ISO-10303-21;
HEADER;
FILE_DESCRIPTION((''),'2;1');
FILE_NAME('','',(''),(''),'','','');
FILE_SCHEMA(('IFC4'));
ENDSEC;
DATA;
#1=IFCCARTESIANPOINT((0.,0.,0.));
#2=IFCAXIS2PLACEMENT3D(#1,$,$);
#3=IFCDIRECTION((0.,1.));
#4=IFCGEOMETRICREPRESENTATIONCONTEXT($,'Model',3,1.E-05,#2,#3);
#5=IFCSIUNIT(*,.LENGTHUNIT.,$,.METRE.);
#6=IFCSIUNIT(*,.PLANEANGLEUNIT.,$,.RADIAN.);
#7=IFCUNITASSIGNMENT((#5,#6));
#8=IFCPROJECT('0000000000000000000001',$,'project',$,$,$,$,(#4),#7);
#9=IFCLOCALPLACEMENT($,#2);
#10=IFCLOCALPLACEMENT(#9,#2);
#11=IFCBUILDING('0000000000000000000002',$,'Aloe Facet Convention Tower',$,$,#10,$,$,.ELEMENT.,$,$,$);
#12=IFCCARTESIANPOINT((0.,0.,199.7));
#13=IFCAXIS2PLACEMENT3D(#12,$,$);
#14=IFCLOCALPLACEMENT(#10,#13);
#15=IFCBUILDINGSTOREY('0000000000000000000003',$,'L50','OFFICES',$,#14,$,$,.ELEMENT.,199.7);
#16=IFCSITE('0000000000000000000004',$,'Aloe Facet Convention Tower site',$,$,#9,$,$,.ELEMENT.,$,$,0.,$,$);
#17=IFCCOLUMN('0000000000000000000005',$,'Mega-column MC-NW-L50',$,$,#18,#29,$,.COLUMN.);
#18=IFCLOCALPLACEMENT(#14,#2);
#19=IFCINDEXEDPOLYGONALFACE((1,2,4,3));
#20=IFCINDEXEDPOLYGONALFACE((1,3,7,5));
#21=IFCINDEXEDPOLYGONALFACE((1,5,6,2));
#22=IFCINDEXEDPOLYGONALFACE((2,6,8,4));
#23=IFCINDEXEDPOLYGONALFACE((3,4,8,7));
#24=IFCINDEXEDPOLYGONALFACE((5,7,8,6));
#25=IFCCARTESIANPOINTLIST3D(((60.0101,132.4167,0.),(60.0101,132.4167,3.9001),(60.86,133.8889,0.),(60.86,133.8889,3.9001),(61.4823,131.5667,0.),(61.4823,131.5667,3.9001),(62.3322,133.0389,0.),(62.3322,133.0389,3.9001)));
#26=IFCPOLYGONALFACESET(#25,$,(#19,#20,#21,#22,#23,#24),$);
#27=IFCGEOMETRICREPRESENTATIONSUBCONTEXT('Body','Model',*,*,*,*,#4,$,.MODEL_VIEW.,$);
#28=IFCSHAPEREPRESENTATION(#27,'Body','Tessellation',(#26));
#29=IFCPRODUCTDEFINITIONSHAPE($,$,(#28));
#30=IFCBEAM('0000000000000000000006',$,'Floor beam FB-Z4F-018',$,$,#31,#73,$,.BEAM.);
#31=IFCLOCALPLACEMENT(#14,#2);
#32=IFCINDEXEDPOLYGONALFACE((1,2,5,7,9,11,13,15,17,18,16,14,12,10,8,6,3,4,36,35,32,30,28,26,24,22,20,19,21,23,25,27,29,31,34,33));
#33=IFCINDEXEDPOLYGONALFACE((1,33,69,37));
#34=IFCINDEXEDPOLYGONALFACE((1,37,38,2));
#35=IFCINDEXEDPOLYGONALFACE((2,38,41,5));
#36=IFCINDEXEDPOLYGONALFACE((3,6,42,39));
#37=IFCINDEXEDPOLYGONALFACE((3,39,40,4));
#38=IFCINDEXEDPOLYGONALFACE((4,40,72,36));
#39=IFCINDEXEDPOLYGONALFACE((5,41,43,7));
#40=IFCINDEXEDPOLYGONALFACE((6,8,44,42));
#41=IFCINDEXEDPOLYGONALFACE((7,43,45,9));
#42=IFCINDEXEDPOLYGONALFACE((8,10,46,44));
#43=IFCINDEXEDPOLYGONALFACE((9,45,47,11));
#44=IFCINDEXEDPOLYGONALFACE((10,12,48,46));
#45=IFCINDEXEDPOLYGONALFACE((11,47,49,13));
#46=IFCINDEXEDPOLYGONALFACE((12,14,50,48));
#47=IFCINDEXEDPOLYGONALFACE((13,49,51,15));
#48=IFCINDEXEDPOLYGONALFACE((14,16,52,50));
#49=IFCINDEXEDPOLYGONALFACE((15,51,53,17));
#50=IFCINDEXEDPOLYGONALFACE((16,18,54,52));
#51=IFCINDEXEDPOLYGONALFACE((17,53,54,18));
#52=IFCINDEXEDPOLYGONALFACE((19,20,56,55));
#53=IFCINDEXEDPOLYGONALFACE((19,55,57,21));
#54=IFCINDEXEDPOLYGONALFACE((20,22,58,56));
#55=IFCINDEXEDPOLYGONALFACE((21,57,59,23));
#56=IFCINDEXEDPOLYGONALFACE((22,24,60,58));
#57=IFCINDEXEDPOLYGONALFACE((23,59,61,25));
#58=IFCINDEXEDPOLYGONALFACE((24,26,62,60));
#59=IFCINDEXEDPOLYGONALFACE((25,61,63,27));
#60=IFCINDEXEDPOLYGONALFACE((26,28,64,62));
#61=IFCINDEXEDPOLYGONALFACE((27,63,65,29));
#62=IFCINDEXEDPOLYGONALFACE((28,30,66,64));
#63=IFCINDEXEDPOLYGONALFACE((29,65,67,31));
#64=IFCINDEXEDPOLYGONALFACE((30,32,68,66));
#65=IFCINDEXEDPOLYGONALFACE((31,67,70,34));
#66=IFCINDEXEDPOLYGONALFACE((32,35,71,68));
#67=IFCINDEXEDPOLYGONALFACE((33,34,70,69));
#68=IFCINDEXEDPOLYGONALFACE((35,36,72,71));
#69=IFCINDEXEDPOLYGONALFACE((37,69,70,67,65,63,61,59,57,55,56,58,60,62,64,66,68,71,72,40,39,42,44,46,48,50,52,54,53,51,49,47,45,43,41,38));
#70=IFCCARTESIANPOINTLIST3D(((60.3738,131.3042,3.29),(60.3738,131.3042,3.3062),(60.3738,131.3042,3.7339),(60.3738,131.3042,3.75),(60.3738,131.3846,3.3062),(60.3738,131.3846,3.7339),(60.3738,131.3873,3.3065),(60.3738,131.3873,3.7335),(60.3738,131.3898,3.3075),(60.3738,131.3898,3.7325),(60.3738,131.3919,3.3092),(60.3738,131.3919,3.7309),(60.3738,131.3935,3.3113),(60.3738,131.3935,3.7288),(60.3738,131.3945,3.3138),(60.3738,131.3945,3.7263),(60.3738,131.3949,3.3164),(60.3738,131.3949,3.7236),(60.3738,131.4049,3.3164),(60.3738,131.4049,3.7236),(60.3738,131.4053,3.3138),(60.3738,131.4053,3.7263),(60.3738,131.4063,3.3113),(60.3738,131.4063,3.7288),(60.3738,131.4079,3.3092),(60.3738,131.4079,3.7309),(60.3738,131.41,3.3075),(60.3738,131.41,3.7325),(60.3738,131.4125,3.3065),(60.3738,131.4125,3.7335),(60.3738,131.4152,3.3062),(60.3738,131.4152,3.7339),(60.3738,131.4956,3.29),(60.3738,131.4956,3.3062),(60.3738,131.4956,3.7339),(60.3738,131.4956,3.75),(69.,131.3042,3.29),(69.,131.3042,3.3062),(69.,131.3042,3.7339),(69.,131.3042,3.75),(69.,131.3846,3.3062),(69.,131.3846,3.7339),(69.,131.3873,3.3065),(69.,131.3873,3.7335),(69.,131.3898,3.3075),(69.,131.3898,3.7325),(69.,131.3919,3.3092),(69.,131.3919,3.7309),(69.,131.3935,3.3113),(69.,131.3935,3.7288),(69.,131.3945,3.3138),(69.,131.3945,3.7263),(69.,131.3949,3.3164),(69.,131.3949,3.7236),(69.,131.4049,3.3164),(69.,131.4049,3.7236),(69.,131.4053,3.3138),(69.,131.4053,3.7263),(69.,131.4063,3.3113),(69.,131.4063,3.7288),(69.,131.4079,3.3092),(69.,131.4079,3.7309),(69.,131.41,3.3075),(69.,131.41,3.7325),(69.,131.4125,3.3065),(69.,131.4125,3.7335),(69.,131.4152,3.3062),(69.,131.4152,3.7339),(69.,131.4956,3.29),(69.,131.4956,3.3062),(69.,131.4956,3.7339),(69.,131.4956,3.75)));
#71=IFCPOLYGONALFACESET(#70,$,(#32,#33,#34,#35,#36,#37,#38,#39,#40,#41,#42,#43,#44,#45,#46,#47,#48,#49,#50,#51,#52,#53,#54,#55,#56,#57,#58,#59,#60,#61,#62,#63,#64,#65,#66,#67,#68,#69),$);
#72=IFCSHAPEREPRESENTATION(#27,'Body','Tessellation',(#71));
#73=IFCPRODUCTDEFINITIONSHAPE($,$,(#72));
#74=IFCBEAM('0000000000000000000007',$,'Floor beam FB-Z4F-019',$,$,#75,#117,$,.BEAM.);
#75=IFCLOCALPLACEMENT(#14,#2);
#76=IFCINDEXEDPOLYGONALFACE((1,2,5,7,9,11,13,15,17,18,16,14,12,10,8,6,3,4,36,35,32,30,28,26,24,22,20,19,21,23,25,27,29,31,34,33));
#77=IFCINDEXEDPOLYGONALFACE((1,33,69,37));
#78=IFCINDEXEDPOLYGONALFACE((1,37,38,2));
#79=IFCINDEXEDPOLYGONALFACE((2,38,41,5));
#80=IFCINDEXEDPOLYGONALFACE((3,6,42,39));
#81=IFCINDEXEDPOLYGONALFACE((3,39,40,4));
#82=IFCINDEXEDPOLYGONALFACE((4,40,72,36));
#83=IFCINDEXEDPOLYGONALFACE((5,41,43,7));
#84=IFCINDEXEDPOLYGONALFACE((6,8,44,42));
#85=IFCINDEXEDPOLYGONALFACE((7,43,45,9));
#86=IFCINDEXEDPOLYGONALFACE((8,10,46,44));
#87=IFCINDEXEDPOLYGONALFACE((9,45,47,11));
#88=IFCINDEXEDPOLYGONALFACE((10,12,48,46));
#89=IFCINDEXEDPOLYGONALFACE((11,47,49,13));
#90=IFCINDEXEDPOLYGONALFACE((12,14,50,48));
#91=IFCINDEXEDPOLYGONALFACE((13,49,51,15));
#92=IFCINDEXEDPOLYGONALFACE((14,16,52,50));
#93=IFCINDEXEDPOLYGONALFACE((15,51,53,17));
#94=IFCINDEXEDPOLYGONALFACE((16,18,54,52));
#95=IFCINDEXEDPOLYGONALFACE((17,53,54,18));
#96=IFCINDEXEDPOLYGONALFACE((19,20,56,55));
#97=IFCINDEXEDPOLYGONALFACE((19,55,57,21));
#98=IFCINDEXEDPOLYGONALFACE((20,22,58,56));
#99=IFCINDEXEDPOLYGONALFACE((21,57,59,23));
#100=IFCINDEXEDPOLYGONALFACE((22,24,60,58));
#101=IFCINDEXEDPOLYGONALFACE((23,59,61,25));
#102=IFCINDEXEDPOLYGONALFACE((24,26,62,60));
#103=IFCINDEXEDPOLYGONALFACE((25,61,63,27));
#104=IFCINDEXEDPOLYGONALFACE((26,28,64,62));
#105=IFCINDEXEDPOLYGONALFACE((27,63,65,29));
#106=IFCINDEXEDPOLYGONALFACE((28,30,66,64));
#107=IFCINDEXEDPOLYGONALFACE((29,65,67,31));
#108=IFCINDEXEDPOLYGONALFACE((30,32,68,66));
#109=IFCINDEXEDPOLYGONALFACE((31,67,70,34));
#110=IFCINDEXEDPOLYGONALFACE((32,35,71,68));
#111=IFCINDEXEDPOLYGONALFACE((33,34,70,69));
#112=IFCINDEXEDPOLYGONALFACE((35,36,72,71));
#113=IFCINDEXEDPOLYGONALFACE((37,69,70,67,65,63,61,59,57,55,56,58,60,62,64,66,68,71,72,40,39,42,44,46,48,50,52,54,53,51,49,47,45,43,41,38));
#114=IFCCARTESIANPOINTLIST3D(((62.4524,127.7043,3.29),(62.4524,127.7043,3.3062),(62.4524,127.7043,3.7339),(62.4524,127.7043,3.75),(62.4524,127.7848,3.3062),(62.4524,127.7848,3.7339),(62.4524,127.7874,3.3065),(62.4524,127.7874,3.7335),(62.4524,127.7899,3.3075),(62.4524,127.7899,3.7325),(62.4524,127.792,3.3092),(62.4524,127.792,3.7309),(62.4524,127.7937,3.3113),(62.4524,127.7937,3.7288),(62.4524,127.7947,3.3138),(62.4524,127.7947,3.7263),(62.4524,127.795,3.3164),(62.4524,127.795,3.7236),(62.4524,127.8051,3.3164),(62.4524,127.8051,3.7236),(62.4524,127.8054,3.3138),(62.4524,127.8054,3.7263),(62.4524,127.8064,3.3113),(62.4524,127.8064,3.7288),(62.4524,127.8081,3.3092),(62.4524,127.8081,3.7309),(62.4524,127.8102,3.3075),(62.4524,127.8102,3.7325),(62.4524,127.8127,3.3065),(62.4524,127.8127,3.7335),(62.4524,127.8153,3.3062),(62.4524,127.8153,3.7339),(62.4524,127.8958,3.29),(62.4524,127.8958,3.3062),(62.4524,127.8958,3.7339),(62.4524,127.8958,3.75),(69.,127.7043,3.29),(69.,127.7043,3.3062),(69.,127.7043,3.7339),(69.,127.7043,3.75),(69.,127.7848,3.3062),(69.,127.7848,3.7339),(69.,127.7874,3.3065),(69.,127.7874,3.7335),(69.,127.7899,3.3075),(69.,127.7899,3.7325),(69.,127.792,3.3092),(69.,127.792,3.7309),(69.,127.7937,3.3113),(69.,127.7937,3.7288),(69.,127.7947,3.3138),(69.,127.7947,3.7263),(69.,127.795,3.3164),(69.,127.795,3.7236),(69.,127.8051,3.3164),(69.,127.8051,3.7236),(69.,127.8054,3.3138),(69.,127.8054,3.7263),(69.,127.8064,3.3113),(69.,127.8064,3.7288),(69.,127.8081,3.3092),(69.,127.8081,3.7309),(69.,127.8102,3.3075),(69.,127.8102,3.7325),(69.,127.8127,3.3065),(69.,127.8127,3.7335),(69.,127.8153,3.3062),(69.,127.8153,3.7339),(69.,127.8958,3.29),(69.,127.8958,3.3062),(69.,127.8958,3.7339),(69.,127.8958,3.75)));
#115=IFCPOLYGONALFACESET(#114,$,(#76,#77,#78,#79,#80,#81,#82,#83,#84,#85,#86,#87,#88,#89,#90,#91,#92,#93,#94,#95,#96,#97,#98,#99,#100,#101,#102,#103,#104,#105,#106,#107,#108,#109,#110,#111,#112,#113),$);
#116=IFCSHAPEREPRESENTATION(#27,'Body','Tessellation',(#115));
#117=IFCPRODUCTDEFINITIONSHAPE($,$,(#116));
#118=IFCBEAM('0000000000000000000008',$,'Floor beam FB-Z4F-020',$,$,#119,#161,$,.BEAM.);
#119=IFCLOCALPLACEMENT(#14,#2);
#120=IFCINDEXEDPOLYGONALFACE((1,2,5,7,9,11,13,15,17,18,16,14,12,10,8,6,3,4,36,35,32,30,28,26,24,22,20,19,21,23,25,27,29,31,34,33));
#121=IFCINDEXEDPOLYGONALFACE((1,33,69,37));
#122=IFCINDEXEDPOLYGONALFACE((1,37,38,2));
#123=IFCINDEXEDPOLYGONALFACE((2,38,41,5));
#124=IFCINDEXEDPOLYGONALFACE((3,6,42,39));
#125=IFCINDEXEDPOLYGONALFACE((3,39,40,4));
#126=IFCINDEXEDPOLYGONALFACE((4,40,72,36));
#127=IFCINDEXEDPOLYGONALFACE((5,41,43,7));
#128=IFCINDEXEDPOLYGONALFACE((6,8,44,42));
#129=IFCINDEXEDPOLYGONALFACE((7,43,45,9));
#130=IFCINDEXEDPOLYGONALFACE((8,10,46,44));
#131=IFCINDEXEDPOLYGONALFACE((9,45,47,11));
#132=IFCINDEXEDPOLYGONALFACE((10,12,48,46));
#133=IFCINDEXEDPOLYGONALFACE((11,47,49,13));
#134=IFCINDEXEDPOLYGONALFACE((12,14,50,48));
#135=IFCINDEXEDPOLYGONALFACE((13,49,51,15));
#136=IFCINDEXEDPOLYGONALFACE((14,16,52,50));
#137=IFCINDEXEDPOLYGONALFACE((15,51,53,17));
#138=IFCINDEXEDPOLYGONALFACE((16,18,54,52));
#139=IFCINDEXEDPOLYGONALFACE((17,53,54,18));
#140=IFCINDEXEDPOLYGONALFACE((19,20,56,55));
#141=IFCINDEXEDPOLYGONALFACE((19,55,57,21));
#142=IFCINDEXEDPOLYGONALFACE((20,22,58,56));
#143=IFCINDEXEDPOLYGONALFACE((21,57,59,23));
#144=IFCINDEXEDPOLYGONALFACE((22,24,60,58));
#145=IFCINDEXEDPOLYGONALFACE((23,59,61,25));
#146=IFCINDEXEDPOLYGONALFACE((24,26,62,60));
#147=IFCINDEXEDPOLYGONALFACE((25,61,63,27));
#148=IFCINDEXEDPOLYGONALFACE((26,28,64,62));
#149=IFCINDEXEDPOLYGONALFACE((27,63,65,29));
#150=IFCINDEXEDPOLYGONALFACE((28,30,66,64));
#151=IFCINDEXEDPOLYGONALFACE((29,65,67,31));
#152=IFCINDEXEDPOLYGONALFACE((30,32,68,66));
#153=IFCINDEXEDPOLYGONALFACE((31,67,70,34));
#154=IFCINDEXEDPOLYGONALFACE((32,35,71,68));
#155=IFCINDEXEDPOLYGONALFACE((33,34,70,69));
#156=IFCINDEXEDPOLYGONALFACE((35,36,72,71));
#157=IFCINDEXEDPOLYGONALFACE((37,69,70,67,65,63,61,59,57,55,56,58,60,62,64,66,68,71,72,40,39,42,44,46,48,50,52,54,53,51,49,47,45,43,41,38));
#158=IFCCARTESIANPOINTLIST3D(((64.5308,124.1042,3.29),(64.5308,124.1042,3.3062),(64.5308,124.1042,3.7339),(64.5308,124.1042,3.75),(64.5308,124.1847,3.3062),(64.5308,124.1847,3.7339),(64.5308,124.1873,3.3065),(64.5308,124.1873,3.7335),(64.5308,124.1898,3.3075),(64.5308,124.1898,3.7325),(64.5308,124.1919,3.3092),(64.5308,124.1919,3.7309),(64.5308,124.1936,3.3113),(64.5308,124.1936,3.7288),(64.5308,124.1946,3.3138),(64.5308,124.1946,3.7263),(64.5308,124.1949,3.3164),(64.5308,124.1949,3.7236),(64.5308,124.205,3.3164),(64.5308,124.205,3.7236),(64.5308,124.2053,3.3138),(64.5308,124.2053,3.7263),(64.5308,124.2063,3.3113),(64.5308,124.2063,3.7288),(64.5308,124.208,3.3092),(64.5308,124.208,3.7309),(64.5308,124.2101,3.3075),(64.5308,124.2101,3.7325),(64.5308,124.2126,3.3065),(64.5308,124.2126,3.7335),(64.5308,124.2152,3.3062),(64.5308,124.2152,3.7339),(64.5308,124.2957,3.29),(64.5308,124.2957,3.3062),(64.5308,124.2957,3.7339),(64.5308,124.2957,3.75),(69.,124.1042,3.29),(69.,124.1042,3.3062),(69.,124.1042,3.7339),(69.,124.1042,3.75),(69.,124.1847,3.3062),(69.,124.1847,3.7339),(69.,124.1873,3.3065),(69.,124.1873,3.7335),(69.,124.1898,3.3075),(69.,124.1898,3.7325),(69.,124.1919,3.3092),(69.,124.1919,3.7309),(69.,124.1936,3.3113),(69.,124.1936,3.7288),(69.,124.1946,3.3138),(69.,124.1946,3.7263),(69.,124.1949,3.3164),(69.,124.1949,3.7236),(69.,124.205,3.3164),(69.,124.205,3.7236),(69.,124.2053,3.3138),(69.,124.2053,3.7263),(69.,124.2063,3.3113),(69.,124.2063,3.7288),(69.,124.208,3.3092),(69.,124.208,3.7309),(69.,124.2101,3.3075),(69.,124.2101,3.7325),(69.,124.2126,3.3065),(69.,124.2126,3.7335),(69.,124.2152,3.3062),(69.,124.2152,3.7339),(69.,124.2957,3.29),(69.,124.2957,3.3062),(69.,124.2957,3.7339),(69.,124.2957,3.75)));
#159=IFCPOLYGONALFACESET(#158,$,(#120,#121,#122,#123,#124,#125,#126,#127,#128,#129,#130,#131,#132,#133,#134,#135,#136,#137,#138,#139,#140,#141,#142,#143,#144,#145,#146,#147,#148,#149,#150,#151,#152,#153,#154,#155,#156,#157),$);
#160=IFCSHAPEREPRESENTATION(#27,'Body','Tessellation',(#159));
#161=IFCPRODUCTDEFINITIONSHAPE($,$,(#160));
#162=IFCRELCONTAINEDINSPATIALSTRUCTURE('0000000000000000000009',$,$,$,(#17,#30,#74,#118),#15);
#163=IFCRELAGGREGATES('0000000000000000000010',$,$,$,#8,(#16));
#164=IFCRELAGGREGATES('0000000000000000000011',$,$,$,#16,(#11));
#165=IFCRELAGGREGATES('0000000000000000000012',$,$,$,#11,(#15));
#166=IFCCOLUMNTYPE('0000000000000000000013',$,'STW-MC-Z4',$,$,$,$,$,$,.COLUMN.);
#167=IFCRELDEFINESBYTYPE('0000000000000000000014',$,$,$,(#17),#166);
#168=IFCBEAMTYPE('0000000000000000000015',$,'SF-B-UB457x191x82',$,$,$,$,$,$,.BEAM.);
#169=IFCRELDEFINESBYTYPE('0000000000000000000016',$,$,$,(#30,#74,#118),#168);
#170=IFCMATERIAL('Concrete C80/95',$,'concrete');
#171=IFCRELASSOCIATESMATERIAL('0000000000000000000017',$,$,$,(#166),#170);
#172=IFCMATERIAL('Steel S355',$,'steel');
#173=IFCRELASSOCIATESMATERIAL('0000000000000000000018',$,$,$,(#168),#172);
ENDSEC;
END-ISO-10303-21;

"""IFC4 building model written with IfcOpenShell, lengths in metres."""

from ifc_helpers import new_model, si_unit, direction, frame, origin, origin_2d, place, context, subcontext, project, spatial, rectangle, i_section, extrude, material, material_profile, profile_set, type_object, element, save


model = new_model("IFC4")

# Units and contexts
model_context = context("Model", 3, precision=1e-05, world=origin(), true_north=direction((0.0, 1.0)))
body_context = subcontext(model_context, "Body", "Model", "MODEL_VIEW")
ifc_project = project(units=[si_unit("LENGTHUNIT", "METRE"), si_unit("PLANEANGLEUNIT", "RADIAN")], contexts=[model_context])

# Site, building, storey
site_placement = place(None, origin())
site = spatial("IfcSite", under=ifc_project, at=site_placement, Name="Aloe Facet Convention Tower site", CompositionType="ELEMENT", RefElevation=0.0)
building_placement = place(site_placement, origin())
building = spatial("IfcBuilding", under=site, at=building_placement, Name="Aloe Facet Convention Tower", CompositionType="ELEMENT")
storey_placement = place(building_placement, frame((0.0, 0.0, 199.7)))
storey = spatial("IfcBuildingStorey", under=building, at=storey_placement, Name="L50", Description="OFFICES", CompositionType="ELEMENT", Elevation=199.7)

# Column
ifc_material_1 = material(Name="Concrete C80/95", Category="concrete")
ifc_material_profile_1 = material_profile(ifc_material_1, rectangle(XDim=1.7, YDim=1.7, at=origin_2d()), Name="STW-MC-Z4")
ifc_profile_set_1 = profile_set([ifc_material_profile_1], Name="Concrete C80/95")
column_type = type_object("IfcColumnType", Name="STW-MC-Z4", PredefinedType="COLUMN", material=ifc_profile_set_1)
column_placement = place(storey_placement, frame((61.1711, 132.7278, 0.0), z_axis=(0.0, 0.0, 1.0), x_axis=(-0.5, -0.866025, 0.0)))
element("IfcColumn", 1, at=column_placement, inside=storey, type_object=column_type, Name="Mega-column MC-NW-L50", PredefinedType="COLUMN", context=body_context, shape_type="SweptSolid", body=[
    extrude(rectangle(XDim=1.7, YDim=1.7, at=origin_2d()), origin(), (0.0, 0.0, 1.0), 3.9001),
])

# Beams
ifc_material_2 = material(Name="Steel S355", Category="steel")
ifc_material_profile_2 = material_profile(ifc_material_2, i_section(OverallWidth=0.1914, OverallDepth=0.46, WebThickness=0.01, FlangeThickness=0.0161, FilletRadius=0.0103, at=origin_2d()), Name="UB 457x191x82")
ifc_profile_set_2 = profile_set([ifc_material_profile_2], Name="Steel S355")
beam_type_1 = type_object("IfcBeamType", Name="SF-B-UB457x191x82", PredefinedType="BEAM", material=ifc_profile_set_2)
beam_1_placement = place(storey_placement, frame((60.3738, 131.3999, 3.52), z_axis=(1.0, 0.0, 0.0), x_axis=(0.0, 1.0, 0.0)))
element("IfcBeam", 2, at=beam_1_placement, inside=storey, type_object=beam_type_1, Name="Floor beam FB-Z4F-018", PredefinedType="BEAM", context=body_context, shape_type="SweptSolid", body=[
    extrude(i_section(OverallWidth=0.1914, OverallDepth=0.46, WebThickness=0.01, FlangeThickness=0.0161, FilletRadius=0.0103, at=origin_2d()), origin(), (0.0, 0.0, 1.0), 8.6262),
])
beam_2_placement = place(storey_placement, frame((62.4524, 127.8, 3.52), z_axis=(1.0, 0.0, 0.0), x_axis=(0.0, 1.0, 0.0)))
element("IfcBeam", 3, at=beam_2_placement, inside=storey, type_object=beam_type_1, Name="Floor beam FB-Z4F-019", PredefinedType="BEAM", context=body_context, shape_type="SweptSolid", body=[
    extrude(i_section(OverallWidth=0.1914, OverallDepth=0.46, WebThickness=0.01, FlangeThickness=0.0161, FilletRadius=0.0103, at=origin_2d()), origin(), (0.0, 0.0, 1.0), 6.5476),
])
beam_3_placement = place(storey_placement, frame((64.5308, 124.2, 3.52), z_axis=(1.0, 0.0, 0.0), x_axis=(0.0, 1.0, 0.0)))
element("IfcBeam", 4, at=beam_3_placement, inside=storey, type_object=beam_type_1, Name="Floor beam FB-Z4F-020", PredefinedType="BEAM", context=body_context, shape_type="SweptSolid", body=[
    extrude(i_section(OverallWidth=0.1914, OverallDepth=0.46, WebThickness=0.01, FlangeThickness=0.0161, FilletRadius=0.0103, at=origin_2d()), origin(), (0.0, 0.0, 1.0), 4.4692),
])

save(model, "model.ifc")
